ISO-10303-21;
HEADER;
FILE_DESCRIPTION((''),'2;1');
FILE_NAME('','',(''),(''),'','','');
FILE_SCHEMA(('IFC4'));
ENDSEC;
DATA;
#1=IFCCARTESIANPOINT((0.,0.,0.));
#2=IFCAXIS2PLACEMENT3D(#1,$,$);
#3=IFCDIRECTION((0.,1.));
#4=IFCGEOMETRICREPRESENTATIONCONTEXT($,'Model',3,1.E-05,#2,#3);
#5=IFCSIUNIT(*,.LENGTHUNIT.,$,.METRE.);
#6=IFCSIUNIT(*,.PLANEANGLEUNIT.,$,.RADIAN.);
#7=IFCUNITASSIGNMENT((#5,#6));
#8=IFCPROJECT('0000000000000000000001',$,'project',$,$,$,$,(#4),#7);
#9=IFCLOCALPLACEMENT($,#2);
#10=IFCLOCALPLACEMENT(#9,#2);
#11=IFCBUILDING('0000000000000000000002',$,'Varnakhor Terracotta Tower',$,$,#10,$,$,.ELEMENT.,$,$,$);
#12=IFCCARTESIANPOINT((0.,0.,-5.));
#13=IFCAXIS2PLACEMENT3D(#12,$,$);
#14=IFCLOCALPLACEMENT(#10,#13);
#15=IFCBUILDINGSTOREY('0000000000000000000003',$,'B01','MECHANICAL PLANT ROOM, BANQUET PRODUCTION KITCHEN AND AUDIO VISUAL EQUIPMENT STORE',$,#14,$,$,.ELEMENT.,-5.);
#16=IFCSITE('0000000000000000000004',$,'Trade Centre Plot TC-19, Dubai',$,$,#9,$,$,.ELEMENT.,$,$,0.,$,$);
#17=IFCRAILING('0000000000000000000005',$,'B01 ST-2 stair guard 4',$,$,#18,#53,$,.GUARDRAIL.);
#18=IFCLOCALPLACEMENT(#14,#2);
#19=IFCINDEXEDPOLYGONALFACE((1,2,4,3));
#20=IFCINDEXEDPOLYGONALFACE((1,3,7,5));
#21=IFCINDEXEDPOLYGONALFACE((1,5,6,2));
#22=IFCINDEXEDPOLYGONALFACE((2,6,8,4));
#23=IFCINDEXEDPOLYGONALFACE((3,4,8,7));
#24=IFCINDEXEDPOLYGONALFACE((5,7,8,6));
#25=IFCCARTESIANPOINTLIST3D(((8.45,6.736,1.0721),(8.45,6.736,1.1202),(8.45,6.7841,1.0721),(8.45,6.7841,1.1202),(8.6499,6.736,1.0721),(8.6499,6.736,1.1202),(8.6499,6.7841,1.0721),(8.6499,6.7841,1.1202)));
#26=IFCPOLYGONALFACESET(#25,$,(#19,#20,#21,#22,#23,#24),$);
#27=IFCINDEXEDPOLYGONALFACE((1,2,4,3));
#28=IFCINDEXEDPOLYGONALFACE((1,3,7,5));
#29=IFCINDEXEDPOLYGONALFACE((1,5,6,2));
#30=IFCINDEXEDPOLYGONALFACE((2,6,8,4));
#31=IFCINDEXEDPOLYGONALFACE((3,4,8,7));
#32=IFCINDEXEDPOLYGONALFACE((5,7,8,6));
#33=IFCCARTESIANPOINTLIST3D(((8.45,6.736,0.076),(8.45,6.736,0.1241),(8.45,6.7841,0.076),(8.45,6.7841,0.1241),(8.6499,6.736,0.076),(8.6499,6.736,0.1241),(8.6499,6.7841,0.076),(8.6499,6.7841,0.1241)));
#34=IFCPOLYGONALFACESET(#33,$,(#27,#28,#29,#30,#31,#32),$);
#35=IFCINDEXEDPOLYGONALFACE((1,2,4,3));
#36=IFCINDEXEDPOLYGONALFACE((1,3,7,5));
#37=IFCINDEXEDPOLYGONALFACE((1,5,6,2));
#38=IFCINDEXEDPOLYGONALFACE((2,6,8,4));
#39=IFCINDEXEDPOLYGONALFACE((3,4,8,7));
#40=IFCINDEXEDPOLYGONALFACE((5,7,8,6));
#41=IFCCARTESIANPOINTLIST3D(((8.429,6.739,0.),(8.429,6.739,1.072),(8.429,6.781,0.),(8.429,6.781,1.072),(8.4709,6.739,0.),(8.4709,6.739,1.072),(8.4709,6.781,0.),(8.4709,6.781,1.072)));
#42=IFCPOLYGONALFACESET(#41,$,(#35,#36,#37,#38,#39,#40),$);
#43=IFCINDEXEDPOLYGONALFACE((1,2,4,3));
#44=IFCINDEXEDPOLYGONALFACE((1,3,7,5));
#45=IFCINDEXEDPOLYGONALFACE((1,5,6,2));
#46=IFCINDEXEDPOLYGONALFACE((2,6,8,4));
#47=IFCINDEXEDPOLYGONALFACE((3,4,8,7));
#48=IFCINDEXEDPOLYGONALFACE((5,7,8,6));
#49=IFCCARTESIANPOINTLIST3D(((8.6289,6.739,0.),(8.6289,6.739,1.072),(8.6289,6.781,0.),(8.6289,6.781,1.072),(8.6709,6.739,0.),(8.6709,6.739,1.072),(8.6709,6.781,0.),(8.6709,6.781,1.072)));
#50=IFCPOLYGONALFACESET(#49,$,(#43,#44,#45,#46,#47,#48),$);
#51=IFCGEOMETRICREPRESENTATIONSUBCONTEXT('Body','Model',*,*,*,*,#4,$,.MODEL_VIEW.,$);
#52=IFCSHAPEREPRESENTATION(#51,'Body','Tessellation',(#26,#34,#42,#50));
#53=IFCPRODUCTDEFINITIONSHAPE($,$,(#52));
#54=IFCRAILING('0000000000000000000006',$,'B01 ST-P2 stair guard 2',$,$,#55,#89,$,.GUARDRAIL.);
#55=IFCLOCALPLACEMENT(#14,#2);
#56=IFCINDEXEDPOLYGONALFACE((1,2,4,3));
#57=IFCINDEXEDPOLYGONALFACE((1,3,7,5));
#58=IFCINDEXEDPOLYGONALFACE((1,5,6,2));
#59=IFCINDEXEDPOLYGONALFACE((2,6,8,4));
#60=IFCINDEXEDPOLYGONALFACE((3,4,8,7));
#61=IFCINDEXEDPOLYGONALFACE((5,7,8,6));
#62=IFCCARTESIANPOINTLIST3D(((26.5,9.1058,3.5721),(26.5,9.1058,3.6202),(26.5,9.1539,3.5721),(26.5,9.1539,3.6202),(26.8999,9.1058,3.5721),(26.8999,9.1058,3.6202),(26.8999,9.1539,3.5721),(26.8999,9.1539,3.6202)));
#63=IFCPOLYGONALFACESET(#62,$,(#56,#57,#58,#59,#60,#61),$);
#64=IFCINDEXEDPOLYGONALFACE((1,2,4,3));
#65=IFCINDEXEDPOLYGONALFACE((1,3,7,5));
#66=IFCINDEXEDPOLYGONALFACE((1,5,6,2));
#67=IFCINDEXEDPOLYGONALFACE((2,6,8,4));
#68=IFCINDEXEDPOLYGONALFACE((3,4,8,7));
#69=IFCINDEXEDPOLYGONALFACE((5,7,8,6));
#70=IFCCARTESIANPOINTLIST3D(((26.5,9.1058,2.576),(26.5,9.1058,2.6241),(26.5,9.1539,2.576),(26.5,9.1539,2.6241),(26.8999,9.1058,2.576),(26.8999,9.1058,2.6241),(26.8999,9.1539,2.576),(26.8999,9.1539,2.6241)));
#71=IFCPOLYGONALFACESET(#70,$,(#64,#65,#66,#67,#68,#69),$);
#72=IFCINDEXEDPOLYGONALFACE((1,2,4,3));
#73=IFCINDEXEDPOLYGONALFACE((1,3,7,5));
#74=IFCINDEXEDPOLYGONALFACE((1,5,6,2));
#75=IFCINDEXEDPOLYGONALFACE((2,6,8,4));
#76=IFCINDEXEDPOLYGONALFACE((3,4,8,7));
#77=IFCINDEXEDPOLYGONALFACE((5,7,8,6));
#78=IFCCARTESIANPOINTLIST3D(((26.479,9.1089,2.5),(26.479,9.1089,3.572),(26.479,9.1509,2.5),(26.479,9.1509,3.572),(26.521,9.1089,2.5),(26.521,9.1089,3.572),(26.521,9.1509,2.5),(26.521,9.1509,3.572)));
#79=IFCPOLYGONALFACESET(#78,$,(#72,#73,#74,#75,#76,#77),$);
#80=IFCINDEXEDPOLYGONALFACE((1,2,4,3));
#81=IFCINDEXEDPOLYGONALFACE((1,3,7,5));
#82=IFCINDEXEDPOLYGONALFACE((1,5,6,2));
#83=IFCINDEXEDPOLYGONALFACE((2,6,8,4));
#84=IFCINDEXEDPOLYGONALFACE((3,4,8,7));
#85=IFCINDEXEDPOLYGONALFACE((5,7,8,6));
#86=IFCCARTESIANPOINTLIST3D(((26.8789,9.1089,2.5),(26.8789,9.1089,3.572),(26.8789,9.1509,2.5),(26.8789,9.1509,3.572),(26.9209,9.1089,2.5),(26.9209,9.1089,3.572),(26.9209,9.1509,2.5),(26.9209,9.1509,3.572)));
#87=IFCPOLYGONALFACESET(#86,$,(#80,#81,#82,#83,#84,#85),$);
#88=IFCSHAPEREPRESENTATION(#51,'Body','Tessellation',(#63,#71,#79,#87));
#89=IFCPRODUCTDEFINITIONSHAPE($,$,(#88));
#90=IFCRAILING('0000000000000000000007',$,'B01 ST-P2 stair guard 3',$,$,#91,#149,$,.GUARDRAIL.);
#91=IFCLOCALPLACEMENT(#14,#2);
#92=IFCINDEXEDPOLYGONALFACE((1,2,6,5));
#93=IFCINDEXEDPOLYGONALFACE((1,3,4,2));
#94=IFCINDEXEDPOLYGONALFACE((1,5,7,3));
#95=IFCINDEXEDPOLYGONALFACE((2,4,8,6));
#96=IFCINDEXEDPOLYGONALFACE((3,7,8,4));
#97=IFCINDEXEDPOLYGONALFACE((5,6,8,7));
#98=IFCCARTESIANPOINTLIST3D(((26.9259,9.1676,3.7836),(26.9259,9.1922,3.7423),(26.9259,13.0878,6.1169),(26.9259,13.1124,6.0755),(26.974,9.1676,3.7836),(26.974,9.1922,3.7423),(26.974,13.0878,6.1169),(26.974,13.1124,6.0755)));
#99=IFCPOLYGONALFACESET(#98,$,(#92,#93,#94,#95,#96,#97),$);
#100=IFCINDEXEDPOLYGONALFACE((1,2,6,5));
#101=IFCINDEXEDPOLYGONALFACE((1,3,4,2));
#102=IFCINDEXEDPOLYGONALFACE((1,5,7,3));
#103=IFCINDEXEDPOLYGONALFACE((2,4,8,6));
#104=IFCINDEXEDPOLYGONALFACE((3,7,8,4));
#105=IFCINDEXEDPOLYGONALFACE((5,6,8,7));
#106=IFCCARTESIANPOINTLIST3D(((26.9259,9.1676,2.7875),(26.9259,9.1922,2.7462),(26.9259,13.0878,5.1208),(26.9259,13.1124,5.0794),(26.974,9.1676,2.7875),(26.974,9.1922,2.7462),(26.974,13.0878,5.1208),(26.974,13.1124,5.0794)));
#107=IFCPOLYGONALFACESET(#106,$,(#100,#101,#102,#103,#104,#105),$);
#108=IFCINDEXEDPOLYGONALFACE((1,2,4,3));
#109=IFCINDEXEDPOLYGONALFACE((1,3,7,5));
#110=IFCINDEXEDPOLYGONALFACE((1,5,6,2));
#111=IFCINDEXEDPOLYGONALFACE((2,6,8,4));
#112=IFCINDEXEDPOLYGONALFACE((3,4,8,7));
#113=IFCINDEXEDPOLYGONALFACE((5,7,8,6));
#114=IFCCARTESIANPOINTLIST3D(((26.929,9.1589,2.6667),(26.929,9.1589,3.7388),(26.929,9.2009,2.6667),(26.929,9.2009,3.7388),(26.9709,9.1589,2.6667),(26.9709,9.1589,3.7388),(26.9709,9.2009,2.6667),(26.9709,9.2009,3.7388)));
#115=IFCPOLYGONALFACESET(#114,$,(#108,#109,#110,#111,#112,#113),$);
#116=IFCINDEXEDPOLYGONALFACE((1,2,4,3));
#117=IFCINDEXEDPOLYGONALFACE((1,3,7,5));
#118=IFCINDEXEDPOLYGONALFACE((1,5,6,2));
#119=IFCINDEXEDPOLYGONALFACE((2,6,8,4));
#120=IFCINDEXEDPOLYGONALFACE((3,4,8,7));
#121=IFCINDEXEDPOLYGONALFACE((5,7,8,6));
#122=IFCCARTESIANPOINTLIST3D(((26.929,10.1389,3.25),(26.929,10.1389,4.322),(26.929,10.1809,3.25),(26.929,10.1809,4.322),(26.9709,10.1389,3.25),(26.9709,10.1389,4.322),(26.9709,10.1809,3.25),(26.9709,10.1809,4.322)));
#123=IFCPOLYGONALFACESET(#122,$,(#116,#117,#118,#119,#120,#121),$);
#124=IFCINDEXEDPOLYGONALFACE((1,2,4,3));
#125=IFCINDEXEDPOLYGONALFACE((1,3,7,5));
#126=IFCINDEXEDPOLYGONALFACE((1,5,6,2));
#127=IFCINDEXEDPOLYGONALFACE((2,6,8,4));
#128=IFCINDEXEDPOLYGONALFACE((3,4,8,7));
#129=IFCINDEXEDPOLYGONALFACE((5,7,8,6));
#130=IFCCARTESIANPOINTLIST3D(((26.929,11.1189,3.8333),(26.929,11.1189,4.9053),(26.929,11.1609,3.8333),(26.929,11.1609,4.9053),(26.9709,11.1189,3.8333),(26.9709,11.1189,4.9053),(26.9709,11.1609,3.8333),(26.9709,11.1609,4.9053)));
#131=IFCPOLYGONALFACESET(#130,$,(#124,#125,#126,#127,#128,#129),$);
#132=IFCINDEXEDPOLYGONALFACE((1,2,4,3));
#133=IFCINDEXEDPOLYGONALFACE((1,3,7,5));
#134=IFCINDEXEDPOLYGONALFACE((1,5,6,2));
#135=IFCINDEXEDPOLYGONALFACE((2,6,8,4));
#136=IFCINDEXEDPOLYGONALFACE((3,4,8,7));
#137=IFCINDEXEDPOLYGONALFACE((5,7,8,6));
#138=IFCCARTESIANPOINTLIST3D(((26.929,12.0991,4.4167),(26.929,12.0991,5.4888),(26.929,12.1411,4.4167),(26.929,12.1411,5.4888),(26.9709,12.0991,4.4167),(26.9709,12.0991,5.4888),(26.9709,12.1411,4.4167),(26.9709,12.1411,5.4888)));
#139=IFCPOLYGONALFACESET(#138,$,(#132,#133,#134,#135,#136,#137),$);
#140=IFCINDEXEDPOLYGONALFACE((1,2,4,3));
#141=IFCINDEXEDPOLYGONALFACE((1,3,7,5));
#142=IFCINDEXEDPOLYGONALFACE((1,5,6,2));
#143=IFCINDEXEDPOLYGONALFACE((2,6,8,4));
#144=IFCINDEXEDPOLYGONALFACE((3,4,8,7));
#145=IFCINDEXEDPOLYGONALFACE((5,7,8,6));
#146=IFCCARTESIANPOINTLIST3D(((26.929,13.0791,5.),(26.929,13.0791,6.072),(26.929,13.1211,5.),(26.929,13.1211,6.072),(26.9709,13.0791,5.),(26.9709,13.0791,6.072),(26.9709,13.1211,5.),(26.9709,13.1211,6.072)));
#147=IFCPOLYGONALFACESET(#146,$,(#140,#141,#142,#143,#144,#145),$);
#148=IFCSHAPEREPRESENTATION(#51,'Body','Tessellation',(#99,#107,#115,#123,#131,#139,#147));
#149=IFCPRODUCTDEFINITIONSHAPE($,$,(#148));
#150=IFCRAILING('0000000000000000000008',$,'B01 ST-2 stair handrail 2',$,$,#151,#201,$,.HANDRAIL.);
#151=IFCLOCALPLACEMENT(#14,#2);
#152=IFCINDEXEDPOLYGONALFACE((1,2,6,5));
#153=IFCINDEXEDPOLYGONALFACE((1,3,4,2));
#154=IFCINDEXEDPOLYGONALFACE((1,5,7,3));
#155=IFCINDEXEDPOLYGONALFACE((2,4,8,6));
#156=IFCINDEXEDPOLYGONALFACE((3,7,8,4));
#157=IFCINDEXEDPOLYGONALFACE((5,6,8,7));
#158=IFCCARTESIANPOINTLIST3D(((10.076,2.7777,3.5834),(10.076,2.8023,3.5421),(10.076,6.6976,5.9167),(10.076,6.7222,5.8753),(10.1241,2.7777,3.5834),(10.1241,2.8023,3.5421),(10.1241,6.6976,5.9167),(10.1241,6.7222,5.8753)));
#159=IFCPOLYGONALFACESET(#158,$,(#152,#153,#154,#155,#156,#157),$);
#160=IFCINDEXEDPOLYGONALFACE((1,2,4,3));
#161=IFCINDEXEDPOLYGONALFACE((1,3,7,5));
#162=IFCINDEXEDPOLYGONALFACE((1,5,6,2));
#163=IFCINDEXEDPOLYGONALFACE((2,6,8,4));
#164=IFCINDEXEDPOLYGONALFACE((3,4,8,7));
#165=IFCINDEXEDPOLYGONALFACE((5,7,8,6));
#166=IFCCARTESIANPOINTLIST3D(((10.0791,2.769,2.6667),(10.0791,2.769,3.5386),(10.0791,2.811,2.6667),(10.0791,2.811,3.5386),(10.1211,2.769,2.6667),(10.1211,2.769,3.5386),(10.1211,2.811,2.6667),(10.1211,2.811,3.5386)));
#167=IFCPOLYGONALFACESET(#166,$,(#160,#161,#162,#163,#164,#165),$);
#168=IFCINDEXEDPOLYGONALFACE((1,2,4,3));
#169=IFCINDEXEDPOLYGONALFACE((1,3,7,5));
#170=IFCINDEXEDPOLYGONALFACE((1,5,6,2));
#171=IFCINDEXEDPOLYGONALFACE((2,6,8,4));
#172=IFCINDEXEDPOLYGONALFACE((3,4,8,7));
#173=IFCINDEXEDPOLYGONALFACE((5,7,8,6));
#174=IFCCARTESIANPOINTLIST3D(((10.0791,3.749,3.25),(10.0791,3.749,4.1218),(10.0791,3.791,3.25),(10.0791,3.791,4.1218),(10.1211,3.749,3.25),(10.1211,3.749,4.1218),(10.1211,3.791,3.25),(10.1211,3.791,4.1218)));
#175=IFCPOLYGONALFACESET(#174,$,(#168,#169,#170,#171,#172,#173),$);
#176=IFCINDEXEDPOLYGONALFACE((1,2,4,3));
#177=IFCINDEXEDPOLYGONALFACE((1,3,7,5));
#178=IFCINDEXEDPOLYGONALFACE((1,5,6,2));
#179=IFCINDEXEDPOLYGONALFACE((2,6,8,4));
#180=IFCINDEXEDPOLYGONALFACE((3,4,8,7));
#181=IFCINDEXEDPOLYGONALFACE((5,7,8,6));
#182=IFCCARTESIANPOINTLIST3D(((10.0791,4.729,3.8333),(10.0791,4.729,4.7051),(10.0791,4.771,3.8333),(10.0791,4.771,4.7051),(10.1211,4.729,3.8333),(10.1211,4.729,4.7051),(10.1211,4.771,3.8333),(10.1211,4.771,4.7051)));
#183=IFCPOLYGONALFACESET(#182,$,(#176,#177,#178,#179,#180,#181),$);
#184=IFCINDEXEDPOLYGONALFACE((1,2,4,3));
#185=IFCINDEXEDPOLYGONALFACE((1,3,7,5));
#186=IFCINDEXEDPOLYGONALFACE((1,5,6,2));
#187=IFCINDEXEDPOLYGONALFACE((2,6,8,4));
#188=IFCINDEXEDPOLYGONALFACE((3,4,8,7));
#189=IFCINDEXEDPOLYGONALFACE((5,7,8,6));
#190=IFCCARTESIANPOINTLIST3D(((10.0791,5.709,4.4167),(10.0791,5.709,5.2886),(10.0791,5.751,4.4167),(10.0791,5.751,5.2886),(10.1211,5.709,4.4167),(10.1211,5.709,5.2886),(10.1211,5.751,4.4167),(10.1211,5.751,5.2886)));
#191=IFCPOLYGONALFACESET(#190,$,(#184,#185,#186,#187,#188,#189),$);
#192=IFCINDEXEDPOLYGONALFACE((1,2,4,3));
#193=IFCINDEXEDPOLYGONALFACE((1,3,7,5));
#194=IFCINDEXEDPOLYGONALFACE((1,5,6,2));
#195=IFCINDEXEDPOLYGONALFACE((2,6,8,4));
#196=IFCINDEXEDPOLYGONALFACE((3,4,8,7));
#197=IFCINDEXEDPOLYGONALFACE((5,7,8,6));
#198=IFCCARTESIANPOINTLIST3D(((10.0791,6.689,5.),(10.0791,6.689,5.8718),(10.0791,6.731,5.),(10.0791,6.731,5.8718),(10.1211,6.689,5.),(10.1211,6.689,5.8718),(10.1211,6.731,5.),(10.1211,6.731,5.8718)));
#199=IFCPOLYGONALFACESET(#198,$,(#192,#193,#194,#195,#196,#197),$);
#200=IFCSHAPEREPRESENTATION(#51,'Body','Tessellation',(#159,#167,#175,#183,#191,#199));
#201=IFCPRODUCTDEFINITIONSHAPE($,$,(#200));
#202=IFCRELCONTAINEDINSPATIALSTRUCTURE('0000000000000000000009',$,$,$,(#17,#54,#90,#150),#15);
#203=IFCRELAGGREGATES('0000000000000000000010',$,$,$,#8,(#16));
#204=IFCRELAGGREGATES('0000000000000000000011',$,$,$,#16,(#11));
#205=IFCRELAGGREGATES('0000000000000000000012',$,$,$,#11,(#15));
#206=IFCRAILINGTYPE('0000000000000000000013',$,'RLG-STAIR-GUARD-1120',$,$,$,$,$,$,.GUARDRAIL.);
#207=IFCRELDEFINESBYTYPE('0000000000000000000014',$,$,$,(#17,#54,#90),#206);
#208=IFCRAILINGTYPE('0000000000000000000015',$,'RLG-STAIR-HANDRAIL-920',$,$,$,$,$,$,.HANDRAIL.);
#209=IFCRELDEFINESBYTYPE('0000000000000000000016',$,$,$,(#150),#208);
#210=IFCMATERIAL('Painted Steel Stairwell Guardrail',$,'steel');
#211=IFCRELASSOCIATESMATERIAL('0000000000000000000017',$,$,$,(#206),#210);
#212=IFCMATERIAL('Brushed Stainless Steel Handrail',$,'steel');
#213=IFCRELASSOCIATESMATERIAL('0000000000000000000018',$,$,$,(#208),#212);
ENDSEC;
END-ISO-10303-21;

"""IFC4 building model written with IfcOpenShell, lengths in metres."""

from ifc_helpers import new_model, si_unit, direction, frame, origin, origin_2d, place, context, subcontext, project, spatial, rectangle, extrude, material, type_object, element, save


model = new_model("IFC4")

# Units and contexts
model_context = context("Model", 3, precision=1e-05, world=origin(), true_north=direction((0.0, 1.0)))
body_context = subcontext(model_context, "Body", "Model", "MODEL_VIEW")
ifc_project = project(units=[si_unit("LENGTHUNIT", "METRE"), si_unit("PLANEANGLEUNIT", "RADIAN")], contexts=[model_context])

# Site, building, storey
site_placement = place(None, origin())
site = spatial("IfcSite", under=ifc_project, at=site_placement, Name="Trade Centre Plot TC-19, Dubai", CompositionType="ELEMENT", RefElevation=0.0)
building_placement = place(site_placement, origin())
building = spatial("IfcBuilding", under=site, at=building_placement, Name="Varnakhor Terracotta Tower", CompositionType="ELEMENT")
storey_placement = place(building_placement, frame((0.0, 0.0, -5.0)))
storey = spatial("IfcBuildingStorey", under=building, at=storey_placement, Name="B01", Description="MECHANICAL PLANT ROOM, BANQUET PRODUCTION KITCHEN AND AUDIO VISUAL EQUIPMENT STORE", CompositionType="ELEMENT", Elevation=-5.0)

# Railings
ifc_material_1 = material(Name="Painted Steel Stairwell Guardrail", Category="steel")
railing_type_1 = type_object("IfcRailingType", Name="RLG-STAIR-GUARD-1120", PredefinedType="GUARDRAIL", material=ifc_material_1)
railing_1_placement = place(storey_placement, frame((8.45, 6.76, 0.0)))
element("IfcRailing", 1, at=railing_1_placement, inside=storey, type_object=railing_type_1, Name="B01 ST-2 stair guard 4", PredefinedType="GUARDRAIL", context=body_context, shape_type="SweptSolid", body=[
    extrude(rectangle(XDim=0.0481, YDim=0.0481, at=origin_2d()), frame((0.0, 0.0, 1.0962), z_axis=(1.0, 0.0, 0.0), x_axis=(0.0, 1.0, 0.0)), (0.0, 0.0, 1.0), 0.2),
    extrude(rectangle(XDim=0.0481, YDim=0.0481, at=origin_2d()), frame((0.0, 0.0, 0.1001), z_axis=(1.0, 0.0, 0.0), x_axis=(0.0, 1.0, 0.0)), (0.0, 0.0, 1.0), 0.2),
    extrude(rectangle(XDim=0.042, YDim=0.042, at=origin_2d()), origin(), (0.0, 0.0, 1.0), 1.072),
    extrude(rectangle(XDim=0.042, YDim=0.042, at=origin_2d()), frame((0.2, 0.0, 0.0)), (0.0, 0.0, 1.0), 1.072),
])
railing_2_placement = place(storey_placement, frame((26.5, 9.1299, 2.5)))
element("IfcRailing", 2, at=railing_2_placement, inside=storey, type_object=railing_type_1, Name="B01 ST-P2 stair guard 2", PredefinedType="GUARDRAIL", context=body_context, shape_type="SweptSolid", body=[
    extrude(rectangle(XDim=0.0481, YDim=0.0481, at=origin_2d()), frame((0.0, 0.0, 1.0962), z_axis=(1.0, 0.0, 0.0), x_axis=(0.0, 1.0, 0.0)), (0.0, 0.0, 1.0), 0.3999),
    extrude(rectangle(XDim=0.0481, YDim=0.0481, at=origin_2d()), frame((0.0, 0.0, 0.1001), z_axis=(1.0, 0.0, 0.0), x_axis=(0.0, 1.0, 0.0)), (0.0, 0.0, 1.0), 0.3999),
    extrude(rectangle(XDim=0.042, YDim=0.042, at=origin_2d()), origin(), (0.0, 0.0, 1.0), 1.072),
    extrude(rectangle(XDim=0.042, YDim=0.042, at=origin_2d()), frame((0.3999, 0.0, 0.0)), (0.0, 0.0, 1.0), 1.072),
])
railing_3_placement = place(storey_placement, frame((26.95, 9.1799, 2.6667)))
element("IfcRailing", 3, at=railing_3_placement, inside=storey, type_object=railing_type_1, Name="B01 ST-P2 stair guard 3", PredefinedType="GUARDRAIL", context=body_context, shape_type="SweptSolid", body=[
    extrude(rectangle(XDim=0.0481, YDim=0.0481, at=origin_2d()), frame((0.0, 0.0, 1.0962), z_axis=(0.0, 0.85931, 0.511455), x_axis=(-1.0, 0.0, 0.0)), (0.0, 0.0, 1.0), 4.562),
    extrude(rectangle(XDim=0.0481, YDim=0.0481, at=origin_2d()), frame((0.0, 0.0, 0.1001), z_axis=(0.0, 0.85931, 0.511455), x_axis=(-1.0, 0.0, 0.0)), (0.0, 0.0, 1.0), 4.562),
    extrude(rectangle(XDim=0.042, YDim=0.042, at=origin_2d()), origin(), (0.0, 0.0, 1.0), 1.072),
    extrude(rectangle(XDim=0.042, YDim=0.042, at=origin_2d()), frame((0.0, 0.98, 0.5833)), (0.0, 0.0, 1.0), 1.072),
    extrude(rectangle(XDim=0.042, YDim=0.042, at=origin_2d()), frame((0.0, 1.96, 1.1665)), (0.0, 0.0, 1.0), 1.072),
    extrude(rectangle(XDim=0.042, YDim=0.042, at=origin_2d()), frame((0.0, 2.9402, 1.75)), (0.0, 0.0, 1.0), 1.072),
    extrude(rectangle(XDim=0.042, YDim=0.042, at=origin_2d()), frame((0.0, 3.9202, 2.3333)), (0.0, 0.0, 1.0), 1.072),
])
ifc_material_2 = material(Name="Brushed Stainless Steel Handrail", Category="steel")
railing_type_2 = type_object("IfcRailingType", Name="RLG-STAIR-HANDRAIL-920", PredefinedType="HANDRAIL", material=ifc_material_2)
railing_4_placement = place(storey_placement, frame((10.1001, 2.79, 2.6667)))
element("IfcRailing", 4, at=railing_4_placement, inside=storey, type_object=railing_type_2, Name="B01 ST-2 stair handrail 2", PredefinedType="HANDRAIL", context=body_context, shape_type="SweptSolid", body=[
    extrude(rectangle(XDim=0.0481, YDim=0.0481, at=origin_2d()), frame((0.0, 0.0, 0.896), z_axis=(0.0, 0.859296, 0.511478), x_axis=(-1.0, 0.0, 0.0)), (0.0, 0.0, 1.0), 4.5618),
    extrude(rectangle(XDim=0.042, YDim=0.042, at=origin_2d()), origin(), (0.0, 0.0, 1.0), 0.8718),
    extrude(rectangle(XDim=0.042, YDim=0.042, at=origin_2d()), frame((0.0, 0.98, 0.5833)), (0.0, 0.0, 1.0), 0.8718),
    extrude(rectangle(XDim=0.042, YDim=0.042, at=origin_2d()), frame((0.0, 1.96, 1.1665)), (0.0, 0.0, 1.0), 0.8718),
    extrude(rectangle(XDim=0.042, YDim=0.042, at=origin_2d()), frame((0.0, 2.9399, 1.75)), (0.0, 0.0, 1.0), 0.8718),
    extrude(rectangle(XDim=0.042, YDim=0.042, at=origin_2d()), frame((0.0, 3.9199, 2.3333)), (0.0, 0.0, 1.0), 0.8718),
])

save(model, "model.ifc")
